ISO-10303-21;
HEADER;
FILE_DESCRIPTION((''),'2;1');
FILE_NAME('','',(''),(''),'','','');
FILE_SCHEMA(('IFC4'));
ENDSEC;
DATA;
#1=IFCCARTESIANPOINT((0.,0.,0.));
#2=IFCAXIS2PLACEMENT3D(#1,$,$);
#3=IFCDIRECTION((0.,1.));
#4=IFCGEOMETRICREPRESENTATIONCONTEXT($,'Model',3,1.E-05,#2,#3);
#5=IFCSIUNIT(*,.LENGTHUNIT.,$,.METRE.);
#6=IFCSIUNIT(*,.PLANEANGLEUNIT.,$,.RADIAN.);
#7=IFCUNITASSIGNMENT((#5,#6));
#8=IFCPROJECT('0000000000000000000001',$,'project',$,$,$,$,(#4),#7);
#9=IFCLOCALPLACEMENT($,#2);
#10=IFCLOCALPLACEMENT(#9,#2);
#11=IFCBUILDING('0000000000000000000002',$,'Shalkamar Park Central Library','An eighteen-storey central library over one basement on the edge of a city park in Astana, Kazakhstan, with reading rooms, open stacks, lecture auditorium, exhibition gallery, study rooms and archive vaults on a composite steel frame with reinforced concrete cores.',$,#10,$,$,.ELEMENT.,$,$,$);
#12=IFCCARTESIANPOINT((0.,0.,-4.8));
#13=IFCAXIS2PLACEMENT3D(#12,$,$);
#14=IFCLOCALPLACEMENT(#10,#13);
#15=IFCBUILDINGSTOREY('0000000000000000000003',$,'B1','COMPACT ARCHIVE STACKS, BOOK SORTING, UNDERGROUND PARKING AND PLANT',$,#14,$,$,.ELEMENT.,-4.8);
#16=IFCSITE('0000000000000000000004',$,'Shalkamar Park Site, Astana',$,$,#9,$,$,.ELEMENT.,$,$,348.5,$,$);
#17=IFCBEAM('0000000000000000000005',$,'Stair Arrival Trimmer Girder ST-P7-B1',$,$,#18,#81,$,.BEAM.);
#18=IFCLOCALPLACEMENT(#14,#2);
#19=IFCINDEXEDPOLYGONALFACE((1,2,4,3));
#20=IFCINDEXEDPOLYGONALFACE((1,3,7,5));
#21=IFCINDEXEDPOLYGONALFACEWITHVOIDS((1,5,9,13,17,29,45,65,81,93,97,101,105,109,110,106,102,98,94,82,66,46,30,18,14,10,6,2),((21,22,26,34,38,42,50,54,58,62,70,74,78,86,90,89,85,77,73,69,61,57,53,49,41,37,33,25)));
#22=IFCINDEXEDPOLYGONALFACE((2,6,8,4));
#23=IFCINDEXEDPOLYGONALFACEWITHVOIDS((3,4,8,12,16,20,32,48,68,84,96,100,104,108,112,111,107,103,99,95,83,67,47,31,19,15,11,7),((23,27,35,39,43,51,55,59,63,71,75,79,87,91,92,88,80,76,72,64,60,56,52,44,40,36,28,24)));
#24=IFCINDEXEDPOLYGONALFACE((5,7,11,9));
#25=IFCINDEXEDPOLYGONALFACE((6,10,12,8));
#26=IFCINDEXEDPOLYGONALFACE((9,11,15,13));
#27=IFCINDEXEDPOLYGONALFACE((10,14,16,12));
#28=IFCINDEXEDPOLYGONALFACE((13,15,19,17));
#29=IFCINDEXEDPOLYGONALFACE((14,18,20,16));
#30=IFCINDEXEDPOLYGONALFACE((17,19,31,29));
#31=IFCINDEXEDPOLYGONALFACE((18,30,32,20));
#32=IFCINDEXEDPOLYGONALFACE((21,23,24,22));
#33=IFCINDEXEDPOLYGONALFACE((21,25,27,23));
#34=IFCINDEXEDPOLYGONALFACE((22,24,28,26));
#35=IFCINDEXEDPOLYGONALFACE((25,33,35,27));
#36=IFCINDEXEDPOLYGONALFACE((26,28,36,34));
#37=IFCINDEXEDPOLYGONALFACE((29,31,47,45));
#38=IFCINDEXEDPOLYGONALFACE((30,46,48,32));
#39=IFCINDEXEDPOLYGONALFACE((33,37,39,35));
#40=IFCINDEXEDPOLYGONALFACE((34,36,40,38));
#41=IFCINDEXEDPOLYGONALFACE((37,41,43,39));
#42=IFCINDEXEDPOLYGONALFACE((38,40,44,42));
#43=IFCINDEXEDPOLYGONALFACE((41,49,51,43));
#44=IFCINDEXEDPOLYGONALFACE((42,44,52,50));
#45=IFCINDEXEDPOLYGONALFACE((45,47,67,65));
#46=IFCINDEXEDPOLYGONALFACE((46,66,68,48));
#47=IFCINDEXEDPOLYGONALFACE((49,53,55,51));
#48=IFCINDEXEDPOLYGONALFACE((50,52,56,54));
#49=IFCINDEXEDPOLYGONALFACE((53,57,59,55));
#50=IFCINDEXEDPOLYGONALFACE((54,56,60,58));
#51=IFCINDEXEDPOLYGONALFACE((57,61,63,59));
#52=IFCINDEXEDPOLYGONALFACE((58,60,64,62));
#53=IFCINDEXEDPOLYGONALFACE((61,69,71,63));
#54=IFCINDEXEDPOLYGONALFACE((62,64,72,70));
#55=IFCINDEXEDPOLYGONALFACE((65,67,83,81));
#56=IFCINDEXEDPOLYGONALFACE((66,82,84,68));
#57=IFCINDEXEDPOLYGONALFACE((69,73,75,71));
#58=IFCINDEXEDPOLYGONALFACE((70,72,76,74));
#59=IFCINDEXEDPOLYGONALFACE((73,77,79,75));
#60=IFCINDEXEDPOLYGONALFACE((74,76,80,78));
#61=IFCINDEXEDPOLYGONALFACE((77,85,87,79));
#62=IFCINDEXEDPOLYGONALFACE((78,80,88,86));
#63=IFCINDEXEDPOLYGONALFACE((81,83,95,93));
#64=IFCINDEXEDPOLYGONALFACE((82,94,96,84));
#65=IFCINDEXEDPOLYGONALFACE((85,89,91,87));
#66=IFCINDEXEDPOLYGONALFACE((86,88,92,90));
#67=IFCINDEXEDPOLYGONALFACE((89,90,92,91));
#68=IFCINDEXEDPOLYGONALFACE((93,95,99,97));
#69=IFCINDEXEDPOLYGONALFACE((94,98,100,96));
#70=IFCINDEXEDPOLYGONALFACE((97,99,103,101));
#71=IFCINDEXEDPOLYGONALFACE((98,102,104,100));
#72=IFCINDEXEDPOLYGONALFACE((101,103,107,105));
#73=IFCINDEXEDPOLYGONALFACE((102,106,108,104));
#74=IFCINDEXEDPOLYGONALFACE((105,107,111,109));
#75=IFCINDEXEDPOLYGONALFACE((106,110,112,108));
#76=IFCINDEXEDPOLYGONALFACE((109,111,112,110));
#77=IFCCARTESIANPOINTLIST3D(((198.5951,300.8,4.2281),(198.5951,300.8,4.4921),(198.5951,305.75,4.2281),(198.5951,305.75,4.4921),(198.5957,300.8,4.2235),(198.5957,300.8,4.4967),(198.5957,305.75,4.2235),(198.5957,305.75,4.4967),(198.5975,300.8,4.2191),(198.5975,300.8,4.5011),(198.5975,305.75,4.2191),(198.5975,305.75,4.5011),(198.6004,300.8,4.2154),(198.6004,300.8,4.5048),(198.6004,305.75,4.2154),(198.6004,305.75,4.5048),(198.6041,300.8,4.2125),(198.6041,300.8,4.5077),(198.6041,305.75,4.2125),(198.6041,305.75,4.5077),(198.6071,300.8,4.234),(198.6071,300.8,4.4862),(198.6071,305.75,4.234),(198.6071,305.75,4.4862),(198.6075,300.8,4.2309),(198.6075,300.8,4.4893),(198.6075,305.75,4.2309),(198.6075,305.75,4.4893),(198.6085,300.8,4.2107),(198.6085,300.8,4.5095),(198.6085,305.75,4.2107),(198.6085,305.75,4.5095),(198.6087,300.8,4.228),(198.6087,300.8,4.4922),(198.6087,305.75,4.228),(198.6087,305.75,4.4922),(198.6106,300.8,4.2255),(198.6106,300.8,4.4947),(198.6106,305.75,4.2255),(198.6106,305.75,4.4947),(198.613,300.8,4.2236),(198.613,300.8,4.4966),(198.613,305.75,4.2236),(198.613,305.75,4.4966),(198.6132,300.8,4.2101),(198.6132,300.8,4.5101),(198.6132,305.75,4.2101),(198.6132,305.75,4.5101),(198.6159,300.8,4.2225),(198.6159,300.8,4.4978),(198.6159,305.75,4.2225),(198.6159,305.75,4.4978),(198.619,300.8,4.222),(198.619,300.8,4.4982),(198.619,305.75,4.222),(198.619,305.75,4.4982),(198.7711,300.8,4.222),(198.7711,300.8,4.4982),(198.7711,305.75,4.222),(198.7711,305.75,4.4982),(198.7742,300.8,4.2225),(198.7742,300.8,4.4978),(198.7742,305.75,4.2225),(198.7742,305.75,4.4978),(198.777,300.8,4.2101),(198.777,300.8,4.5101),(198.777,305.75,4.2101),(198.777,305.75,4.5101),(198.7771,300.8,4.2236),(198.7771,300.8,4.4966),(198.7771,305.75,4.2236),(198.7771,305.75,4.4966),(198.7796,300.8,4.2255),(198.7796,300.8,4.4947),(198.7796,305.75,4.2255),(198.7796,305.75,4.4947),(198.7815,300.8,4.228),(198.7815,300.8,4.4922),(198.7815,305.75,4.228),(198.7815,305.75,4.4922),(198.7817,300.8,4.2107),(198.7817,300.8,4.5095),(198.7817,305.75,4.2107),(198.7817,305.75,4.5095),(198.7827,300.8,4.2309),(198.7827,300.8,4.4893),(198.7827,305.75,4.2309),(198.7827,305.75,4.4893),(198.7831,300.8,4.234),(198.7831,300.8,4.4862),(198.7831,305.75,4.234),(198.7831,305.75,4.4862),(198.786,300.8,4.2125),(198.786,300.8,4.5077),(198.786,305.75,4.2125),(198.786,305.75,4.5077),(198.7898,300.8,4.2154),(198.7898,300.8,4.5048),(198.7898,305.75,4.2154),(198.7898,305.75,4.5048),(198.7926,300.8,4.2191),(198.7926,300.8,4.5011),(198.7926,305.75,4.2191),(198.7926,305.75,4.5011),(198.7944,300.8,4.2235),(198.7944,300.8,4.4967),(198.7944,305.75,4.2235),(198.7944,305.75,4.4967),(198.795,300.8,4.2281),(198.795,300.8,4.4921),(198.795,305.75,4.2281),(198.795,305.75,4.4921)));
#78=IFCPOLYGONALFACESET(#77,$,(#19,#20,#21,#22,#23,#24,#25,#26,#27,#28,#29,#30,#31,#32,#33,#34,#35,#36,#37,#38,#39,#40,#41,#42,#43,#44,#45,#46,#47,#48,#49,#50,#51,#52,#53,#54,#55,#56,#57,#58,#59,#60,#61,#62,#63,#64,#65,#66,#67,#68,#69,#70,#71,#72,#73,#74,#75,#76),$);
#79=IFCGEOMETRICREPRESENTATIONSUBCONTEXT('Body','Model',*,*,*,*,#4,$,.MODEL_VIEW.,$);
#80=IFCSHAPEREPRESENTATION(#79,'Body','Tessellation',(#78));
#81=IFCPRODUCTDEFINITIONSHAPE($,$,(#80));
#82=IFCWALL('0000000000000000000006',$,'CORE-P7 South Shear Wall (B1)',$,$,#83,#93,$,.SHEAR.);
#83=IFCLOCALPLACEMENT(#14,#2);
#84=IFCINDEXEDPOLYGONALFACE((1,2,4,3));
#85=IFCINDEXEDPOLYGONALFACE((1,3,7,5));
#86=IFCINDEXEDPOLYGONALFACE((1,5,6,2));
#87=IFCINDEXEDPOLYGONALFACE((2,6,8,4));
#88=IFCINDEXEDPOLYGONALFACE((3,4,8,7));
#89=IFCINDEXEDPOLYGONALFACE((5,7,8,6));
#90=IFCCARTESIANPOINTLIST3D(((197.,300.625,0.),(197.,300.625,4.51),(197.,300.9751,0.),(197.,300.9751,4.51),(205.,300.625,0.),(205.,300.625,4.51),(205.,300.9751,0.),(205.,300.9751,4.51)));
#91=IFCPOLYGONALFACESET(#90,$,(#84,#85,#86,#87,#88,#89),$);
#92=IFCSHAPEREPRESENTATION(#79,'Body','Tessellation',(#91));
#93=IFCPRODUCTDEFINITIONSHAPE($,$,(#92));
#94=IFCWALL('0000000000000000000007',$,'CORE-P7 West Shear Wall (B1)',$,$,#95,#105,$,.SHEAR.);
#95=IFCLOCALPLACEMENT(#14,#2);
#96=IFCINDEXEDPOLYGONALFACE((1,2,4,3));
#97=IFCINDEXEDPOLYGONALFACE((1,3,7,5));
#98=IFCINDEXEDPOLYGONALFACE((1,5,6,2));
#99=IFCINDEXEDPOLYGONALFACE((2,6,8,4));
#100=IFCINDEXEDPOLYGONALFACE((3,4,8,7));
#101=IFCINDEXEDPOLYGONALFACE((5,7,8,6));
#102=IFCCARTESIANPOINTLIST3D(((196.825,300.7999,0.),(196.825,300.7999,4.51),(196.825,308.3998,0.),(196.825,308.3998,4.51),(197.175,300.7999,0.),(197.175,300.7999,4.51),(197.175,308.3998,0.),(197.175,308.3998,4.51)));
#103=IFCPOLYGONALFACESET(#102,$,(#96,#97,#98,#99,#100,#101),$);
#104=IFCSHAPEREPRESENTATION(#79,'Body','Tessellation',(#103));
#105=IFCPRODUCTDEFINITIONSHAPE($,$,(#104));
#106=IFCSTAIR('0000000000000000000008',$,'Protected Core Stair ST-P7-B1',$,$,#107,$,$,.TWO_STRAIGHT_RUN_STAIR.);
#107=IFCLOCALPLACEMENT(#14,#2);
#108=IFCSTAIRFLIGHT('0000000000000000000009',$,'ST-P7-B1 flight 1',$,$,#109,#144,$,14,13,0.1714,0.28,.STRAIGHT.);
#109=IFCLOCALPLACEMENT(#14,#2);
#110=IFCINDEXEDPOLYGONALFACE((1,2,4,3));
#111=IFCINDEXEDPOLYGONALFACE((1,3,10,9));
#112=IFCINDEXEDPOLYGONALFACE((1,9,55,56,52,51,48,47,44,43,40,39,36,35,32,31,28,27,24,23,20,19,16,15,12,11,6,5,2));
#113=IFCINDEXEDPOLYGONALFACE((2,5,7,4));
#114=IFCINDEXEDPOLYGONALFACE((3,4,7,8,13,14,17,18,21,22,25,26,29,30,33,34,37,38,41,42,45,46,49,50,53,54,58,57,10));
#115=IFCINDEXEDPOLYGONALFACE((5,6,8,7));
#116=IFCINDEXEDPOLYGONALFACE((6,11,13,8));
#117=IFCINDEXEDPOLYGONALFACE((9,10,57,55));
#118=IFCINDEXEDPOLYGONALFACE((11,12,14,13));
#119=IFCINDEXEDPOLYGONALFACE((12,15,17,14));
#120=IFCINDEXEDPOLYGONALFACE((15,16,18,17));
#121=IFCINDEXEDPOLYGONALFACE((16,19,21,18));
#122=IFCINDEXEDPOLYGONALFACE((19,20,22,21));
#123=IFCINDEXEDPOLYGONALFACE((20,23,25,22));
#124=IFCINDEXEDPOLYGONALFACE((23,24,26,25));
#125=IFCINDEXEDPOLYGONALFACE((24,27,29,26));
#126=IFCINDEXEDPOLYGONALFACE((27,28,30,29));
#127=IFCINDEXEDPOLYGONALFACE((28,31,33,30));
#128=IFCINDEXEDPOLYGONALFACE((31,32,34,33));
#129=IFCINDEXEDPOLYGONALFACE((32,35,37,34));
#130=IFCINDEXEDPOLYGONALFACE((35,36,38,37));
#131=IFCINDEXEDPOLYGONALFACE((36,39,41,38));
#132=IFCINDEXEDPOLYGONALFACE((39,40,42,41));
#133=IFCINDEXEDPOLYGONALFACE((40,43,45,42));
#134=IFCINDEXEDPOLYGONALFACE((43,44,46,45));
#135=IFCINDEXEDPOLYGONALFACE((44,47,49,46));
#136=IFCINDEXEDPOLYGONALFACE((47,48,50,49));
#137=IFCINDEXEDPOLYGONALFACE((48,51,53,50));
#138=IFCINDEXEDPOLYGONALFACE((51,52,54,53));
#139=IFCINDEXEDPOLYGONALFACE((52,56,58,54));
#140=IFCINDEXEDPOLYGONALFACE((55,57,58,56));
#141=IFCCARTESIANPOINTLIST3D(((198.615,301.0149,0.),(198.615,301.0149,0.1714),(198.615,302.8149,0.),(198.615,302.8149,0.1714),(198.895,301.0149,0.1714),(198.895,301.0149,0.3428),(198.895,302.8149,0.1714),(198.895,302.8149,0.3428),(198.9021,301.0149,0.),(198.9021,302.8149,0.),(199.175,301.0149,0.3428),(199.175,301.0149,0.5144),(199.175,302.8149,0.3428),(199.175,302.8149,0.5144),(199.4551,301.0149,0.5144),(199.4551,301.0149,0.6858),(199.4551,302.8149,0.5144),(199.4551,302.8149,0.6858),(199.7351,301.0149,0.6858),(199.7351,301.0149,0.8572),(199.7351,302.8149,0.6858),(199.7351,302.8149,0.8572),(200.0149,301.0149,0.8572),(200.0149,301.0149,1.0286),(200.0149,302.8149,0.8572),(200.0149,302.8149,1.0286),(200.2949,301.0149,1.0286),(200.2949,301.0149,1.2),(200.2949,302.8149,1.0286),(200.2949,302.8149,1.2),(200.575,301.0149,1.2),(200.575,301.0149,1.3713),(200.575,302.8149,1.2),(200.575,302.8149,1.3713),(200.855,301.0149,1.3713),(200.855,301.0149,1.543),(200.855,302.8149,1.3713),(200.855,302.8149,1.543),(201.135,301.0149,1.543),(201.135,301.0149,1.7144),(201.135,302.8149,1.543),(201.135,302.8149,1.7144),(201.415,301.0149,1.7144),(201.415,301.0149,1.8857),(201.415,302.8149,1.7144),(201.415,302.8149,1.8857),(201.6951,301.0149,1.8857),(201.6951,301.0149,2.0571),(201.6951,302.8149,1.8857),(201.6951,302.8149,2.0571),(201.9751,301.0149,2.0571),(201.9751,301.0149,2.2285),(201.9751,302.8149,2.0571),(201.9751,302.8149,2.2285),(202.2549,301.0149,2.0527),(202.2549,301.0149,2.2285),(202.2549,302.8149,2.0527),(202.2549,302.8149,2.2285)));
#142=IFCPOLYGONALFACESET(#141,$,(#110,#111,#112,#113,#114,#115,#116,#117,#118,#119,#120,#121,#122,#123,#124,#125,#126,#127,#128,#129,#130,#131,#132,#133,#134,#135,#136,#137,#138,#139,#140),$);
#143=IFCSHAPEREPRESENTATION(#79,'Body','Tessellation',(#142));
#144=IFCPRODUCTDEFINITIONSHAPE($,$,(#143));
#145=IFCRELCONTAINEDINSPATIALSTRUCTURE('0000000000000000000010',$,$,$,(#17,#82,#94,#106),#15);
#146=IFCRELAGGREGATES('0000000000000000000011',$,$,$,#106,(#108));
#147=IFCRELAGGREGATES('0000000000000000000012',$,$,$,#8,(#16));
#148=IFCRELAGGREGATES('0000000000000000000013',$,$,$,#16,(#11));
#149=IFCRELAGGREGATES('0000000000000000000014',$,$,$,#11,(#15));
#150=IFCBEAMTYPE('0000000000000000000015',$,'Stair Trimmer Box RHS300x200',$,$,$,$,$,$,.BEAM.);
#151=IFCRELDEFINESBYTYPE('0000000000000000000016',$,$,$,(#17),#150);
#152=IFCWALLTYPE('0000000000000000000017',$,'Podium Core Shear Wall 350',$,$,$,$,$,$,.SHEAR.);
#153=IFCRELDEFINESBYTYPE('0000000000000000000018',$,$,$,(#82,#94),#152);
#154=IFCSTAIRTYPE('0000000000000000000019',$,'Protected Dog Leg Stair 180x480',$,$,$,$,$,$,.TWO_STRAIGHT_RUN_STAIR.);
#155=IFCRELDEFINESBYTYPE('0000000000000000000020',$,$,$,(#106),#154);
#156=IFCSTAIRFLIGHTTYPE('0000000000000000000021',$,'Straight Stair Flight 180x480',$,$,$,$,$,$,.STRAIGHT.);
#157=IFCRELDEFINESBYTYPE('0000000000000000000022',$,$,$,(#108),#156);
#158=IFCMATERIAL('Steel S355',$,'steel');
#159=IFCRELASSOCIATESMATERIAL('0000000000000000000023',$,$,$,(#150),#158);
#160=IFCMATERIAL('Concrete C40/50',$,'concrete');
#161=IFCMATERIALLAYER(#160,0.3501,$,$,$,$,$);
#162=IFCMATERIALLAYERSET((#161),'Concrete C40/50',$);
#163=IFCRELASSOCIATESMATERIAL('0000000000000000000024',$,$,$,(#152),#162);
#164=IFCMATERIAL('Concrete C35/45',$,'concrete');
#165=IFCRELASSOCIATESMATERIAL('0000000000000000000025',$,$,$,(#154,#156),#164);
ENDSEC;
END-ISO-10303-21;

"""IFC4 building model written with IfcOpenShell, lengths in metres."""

from ifc_helpers import new_model, si_unit, direction, frame, frame_2d, origin, origin_2d, place, context, subcontext, project, spatial, polyline, rectangle, hollow_rectangle, outline, extrude, material, layer, layer_set, material_profile, profile_set, type_object, element, aggregate, save


model = new_model("IFC4")

# Units and contexts
model_context = context("Model", 3, precision=1e-05, world=origin(), true_north=direction((0.0, 1.0)))
body_context = subcontext(model_context, "Body", "Model", "MODEL_VIEW")
ifc_project = project(units=[si_unit("LENGTHUNIT", "METRE"), si_unit("PLANEANGLEUNIT", "RADIAN")], contexts=[model_context])

# Site, building, storey
site_placement = place(None, origin())
site = spatial("IfcSite", under=ifc_project, at=site_placement, Name="Shalkamar Park Site, Astana", CompositionType="ELEMENT", RefElevation=348.5)
building_placement = place(site_placement, origin())
building = spatial("IfcBuilding", under=site, at=building_placement, Name="Shalkamar Park Central Library", Description="An eighteen-storey central library over one basement on the edge of a city park in Astana, Kazakhstan, with reading rooms, open stacks, lecture auditorium, exhibition gallery, study rooms and archive vaults on a composite steel frame with reinforced concrete cores.", CompositionType="ELEMENT")
storey_placement = place(building_placement, frame((0.0, 0.0, -4.8)))
storey = spatial("IfcBuildingStorey", under=building, at=storey_placement, Name="B1", Description="COMPACT ARCHIVE STACKS, BOOK SORTING, UNDERGROUND PARKING AND PLANT", CompositionType="ELEMENT", Elevation=-4.8)

# Shared definitions
ifc_material_1 = material(Name="Concrete C35/45", Category="concrete")

# Shared definitions
ifc_material_2 = material(Name="Concrete C40/50", Category="concrete")

# Beam
ifc_material_3 = material(Name="Steel S355", Category="steel")
ifc_material_profile_1 = material_profile(ifc_material_3, hollow_rectangle(XDim=0.2, YDim=0.3, WallThickness=0.012, InnerFilletRadius=0.012, OuterFilletRadius=0.0181, at=origin_2d()), Name="RHS 300x200x12")
ifc_profile_set_1 = profile_set([ifc_material_profile_1], Name="Steel S355")
beam_type_1 = type_object("IfcBeamType", Name="Stair Trimmer Box RHS300x200", PredefinedType="BEAM", material=ifc_profile_set_1)
beam_1_placement = place(storey_placement, frame((198.6951, 300.8, 4.3601), z_axis=(0.0, 1.0, 0.0), x_axis=(-1.0, 0.0, 0.0)))
element("IfcBeam", 1, at=beam_1_placement, inside=storey, type_object=beam_type_1, Name="Stair Arrival Trimmer Girder ST-P7-B1", PredefinedType="BEAM", context=body_context, shape_type="SweptSolid", body=[
    extrude(hollow_rectangle(XDim=0.2, YDim=0.3, WallThickness=0.012, InnerFilletRadius=0.012, OuterFilletRadius=0.0181, at=origin_2d()), origin(), (0.0, 0.0, 1.0), 4.95),
])

# Walls
ifc_layer = layer(ifc_material_2, 0.3501)
ifc_layer_set = layer_set([ifc_layer], Name="Concrete C40/50")
wall_type = type_object("IfcWallType", Name="Podium Core Shear Wall 350", PredefinedType="SHEAR", material=ifc_layer_set)
wall_1_placement = place(storey_placement, frame((197.0, 300.8, 0.0), z_axis=(0.0, 0.0, 1.0), x_axis=(1.0, 0.0, 0.0)))
element("IfcWall", 2, at=wall_1_placement, inside=storey, type_object=wall_type, Name="CORE-P7 South Shear Wall (B1)", PredefinedType="SHEAR", context=body_context, shape_type="SweptSolid", body=[
    extrude(rectangle(XDim=8.0, YDim=0.3501, at=frame_2d((4.0, 0.0))), origin(), (0.0, 0.0, 1.0), 4.51),
])
wall_2_placement = place(storey_placement, frame((197.0, 300.8, 0.0), z_axis=(0.0, 0.0, 1.0), x_axis=(0.0, 1.0, 0.0)))
element("IfcWall", 3, at=wall_2_placement, inside=storey, type_object=wall_type, Name="CORE-P7 West Shear Wall (B1)", PredefinedType="SHEAR", context=body_context, shape_type="SweptSolid", body=[
    extrude(rectangle(XDim=7.5999, YDim=0.3501, at=frame_2d((3.7998, 0.0))), origin(), (0.0, 0.0, 1.0), 4.51),
])

# Stair, stair flight
stair_type = type_object("IfcStairType", Name="Protected Dog Leg Stair 180x480", PredefinedType="TWO_STRAIGHT_RUN_STAIR", material=ifc_material_1)
stair_placement = place(storey_placement, origin())
stair = element("IfcStair", 4, at=stair_placement, inside=storey, type_object=stair_type, Name="Protected Core Stair ST-P7-B1", PredefinedType="TWO_STRAIGHT_RUN_STAIR")
stair_flight_type = type_object("IfcStairFlightType", Name="Straight Stair Flight 180x480", PredefinedType="STRAIGHT", material=ifc_material_1)
stair_flight_placement = place(storey_placement, frame((198.615, 301.915, 0.0), z_axis=(0.0, 0.0, 1.0), x_axis=(1.0, 0.0, 0.0)))
stair_flight = element("IfcStairFlight", 5, at=stair_flight_placement, type_object=stair_flight_type, Name="ST-P7-B1 flight 1", NumberOfRisers=14, NumberOfTreads=13, PredefinedType="STRAIGHT", RiserHeight=0.1714, TreadLength=0.28, context=body_context, shape_type="SweptSolid", body=[
    extrude(outline(polyline([(0.0, 0.0), (0.0, 0.1714), (0.28, 0.1714), (0.28, 0.3428), (0.5601, 0.3428), (0.5601, 0.5144), (0.8401, 0.5144), (0.8401, 0.6858), (1.1201, 0.6858), (1.1201, 0.8572), (1.3999, 0.8572), (1.3999, 1.0286), (1.6799, 1.0286), (1.6799, 1.2), (1.96, 1.2), (1.96, 1.3713), (2.24, 1.3713), (2.24, 1.543), (2.52, 1.543), (2.52, 1.7144), (2.8, 1.7144), (2.8, 1.8857), (3.0801, 1.8857), (3.0801, 2.0571), (3.3601, 2.0571), (3.3601, 2.2285), (3.6399, 2.2285), (3.6399, 2.3999), (3.6399, 2.0527), (0.2871, 0.0), (0.0, 0.0)])), frame((0.0, 0.8999, 0.0), z_axis=(0.0, -1.0, 0.0), x_axis=(1.0, 0.0, 0.0)), (0.0, 0.0, 1.0), 1.8),
])
aggregate(stair, [stair_flight])

save(model, "model.ifc")
